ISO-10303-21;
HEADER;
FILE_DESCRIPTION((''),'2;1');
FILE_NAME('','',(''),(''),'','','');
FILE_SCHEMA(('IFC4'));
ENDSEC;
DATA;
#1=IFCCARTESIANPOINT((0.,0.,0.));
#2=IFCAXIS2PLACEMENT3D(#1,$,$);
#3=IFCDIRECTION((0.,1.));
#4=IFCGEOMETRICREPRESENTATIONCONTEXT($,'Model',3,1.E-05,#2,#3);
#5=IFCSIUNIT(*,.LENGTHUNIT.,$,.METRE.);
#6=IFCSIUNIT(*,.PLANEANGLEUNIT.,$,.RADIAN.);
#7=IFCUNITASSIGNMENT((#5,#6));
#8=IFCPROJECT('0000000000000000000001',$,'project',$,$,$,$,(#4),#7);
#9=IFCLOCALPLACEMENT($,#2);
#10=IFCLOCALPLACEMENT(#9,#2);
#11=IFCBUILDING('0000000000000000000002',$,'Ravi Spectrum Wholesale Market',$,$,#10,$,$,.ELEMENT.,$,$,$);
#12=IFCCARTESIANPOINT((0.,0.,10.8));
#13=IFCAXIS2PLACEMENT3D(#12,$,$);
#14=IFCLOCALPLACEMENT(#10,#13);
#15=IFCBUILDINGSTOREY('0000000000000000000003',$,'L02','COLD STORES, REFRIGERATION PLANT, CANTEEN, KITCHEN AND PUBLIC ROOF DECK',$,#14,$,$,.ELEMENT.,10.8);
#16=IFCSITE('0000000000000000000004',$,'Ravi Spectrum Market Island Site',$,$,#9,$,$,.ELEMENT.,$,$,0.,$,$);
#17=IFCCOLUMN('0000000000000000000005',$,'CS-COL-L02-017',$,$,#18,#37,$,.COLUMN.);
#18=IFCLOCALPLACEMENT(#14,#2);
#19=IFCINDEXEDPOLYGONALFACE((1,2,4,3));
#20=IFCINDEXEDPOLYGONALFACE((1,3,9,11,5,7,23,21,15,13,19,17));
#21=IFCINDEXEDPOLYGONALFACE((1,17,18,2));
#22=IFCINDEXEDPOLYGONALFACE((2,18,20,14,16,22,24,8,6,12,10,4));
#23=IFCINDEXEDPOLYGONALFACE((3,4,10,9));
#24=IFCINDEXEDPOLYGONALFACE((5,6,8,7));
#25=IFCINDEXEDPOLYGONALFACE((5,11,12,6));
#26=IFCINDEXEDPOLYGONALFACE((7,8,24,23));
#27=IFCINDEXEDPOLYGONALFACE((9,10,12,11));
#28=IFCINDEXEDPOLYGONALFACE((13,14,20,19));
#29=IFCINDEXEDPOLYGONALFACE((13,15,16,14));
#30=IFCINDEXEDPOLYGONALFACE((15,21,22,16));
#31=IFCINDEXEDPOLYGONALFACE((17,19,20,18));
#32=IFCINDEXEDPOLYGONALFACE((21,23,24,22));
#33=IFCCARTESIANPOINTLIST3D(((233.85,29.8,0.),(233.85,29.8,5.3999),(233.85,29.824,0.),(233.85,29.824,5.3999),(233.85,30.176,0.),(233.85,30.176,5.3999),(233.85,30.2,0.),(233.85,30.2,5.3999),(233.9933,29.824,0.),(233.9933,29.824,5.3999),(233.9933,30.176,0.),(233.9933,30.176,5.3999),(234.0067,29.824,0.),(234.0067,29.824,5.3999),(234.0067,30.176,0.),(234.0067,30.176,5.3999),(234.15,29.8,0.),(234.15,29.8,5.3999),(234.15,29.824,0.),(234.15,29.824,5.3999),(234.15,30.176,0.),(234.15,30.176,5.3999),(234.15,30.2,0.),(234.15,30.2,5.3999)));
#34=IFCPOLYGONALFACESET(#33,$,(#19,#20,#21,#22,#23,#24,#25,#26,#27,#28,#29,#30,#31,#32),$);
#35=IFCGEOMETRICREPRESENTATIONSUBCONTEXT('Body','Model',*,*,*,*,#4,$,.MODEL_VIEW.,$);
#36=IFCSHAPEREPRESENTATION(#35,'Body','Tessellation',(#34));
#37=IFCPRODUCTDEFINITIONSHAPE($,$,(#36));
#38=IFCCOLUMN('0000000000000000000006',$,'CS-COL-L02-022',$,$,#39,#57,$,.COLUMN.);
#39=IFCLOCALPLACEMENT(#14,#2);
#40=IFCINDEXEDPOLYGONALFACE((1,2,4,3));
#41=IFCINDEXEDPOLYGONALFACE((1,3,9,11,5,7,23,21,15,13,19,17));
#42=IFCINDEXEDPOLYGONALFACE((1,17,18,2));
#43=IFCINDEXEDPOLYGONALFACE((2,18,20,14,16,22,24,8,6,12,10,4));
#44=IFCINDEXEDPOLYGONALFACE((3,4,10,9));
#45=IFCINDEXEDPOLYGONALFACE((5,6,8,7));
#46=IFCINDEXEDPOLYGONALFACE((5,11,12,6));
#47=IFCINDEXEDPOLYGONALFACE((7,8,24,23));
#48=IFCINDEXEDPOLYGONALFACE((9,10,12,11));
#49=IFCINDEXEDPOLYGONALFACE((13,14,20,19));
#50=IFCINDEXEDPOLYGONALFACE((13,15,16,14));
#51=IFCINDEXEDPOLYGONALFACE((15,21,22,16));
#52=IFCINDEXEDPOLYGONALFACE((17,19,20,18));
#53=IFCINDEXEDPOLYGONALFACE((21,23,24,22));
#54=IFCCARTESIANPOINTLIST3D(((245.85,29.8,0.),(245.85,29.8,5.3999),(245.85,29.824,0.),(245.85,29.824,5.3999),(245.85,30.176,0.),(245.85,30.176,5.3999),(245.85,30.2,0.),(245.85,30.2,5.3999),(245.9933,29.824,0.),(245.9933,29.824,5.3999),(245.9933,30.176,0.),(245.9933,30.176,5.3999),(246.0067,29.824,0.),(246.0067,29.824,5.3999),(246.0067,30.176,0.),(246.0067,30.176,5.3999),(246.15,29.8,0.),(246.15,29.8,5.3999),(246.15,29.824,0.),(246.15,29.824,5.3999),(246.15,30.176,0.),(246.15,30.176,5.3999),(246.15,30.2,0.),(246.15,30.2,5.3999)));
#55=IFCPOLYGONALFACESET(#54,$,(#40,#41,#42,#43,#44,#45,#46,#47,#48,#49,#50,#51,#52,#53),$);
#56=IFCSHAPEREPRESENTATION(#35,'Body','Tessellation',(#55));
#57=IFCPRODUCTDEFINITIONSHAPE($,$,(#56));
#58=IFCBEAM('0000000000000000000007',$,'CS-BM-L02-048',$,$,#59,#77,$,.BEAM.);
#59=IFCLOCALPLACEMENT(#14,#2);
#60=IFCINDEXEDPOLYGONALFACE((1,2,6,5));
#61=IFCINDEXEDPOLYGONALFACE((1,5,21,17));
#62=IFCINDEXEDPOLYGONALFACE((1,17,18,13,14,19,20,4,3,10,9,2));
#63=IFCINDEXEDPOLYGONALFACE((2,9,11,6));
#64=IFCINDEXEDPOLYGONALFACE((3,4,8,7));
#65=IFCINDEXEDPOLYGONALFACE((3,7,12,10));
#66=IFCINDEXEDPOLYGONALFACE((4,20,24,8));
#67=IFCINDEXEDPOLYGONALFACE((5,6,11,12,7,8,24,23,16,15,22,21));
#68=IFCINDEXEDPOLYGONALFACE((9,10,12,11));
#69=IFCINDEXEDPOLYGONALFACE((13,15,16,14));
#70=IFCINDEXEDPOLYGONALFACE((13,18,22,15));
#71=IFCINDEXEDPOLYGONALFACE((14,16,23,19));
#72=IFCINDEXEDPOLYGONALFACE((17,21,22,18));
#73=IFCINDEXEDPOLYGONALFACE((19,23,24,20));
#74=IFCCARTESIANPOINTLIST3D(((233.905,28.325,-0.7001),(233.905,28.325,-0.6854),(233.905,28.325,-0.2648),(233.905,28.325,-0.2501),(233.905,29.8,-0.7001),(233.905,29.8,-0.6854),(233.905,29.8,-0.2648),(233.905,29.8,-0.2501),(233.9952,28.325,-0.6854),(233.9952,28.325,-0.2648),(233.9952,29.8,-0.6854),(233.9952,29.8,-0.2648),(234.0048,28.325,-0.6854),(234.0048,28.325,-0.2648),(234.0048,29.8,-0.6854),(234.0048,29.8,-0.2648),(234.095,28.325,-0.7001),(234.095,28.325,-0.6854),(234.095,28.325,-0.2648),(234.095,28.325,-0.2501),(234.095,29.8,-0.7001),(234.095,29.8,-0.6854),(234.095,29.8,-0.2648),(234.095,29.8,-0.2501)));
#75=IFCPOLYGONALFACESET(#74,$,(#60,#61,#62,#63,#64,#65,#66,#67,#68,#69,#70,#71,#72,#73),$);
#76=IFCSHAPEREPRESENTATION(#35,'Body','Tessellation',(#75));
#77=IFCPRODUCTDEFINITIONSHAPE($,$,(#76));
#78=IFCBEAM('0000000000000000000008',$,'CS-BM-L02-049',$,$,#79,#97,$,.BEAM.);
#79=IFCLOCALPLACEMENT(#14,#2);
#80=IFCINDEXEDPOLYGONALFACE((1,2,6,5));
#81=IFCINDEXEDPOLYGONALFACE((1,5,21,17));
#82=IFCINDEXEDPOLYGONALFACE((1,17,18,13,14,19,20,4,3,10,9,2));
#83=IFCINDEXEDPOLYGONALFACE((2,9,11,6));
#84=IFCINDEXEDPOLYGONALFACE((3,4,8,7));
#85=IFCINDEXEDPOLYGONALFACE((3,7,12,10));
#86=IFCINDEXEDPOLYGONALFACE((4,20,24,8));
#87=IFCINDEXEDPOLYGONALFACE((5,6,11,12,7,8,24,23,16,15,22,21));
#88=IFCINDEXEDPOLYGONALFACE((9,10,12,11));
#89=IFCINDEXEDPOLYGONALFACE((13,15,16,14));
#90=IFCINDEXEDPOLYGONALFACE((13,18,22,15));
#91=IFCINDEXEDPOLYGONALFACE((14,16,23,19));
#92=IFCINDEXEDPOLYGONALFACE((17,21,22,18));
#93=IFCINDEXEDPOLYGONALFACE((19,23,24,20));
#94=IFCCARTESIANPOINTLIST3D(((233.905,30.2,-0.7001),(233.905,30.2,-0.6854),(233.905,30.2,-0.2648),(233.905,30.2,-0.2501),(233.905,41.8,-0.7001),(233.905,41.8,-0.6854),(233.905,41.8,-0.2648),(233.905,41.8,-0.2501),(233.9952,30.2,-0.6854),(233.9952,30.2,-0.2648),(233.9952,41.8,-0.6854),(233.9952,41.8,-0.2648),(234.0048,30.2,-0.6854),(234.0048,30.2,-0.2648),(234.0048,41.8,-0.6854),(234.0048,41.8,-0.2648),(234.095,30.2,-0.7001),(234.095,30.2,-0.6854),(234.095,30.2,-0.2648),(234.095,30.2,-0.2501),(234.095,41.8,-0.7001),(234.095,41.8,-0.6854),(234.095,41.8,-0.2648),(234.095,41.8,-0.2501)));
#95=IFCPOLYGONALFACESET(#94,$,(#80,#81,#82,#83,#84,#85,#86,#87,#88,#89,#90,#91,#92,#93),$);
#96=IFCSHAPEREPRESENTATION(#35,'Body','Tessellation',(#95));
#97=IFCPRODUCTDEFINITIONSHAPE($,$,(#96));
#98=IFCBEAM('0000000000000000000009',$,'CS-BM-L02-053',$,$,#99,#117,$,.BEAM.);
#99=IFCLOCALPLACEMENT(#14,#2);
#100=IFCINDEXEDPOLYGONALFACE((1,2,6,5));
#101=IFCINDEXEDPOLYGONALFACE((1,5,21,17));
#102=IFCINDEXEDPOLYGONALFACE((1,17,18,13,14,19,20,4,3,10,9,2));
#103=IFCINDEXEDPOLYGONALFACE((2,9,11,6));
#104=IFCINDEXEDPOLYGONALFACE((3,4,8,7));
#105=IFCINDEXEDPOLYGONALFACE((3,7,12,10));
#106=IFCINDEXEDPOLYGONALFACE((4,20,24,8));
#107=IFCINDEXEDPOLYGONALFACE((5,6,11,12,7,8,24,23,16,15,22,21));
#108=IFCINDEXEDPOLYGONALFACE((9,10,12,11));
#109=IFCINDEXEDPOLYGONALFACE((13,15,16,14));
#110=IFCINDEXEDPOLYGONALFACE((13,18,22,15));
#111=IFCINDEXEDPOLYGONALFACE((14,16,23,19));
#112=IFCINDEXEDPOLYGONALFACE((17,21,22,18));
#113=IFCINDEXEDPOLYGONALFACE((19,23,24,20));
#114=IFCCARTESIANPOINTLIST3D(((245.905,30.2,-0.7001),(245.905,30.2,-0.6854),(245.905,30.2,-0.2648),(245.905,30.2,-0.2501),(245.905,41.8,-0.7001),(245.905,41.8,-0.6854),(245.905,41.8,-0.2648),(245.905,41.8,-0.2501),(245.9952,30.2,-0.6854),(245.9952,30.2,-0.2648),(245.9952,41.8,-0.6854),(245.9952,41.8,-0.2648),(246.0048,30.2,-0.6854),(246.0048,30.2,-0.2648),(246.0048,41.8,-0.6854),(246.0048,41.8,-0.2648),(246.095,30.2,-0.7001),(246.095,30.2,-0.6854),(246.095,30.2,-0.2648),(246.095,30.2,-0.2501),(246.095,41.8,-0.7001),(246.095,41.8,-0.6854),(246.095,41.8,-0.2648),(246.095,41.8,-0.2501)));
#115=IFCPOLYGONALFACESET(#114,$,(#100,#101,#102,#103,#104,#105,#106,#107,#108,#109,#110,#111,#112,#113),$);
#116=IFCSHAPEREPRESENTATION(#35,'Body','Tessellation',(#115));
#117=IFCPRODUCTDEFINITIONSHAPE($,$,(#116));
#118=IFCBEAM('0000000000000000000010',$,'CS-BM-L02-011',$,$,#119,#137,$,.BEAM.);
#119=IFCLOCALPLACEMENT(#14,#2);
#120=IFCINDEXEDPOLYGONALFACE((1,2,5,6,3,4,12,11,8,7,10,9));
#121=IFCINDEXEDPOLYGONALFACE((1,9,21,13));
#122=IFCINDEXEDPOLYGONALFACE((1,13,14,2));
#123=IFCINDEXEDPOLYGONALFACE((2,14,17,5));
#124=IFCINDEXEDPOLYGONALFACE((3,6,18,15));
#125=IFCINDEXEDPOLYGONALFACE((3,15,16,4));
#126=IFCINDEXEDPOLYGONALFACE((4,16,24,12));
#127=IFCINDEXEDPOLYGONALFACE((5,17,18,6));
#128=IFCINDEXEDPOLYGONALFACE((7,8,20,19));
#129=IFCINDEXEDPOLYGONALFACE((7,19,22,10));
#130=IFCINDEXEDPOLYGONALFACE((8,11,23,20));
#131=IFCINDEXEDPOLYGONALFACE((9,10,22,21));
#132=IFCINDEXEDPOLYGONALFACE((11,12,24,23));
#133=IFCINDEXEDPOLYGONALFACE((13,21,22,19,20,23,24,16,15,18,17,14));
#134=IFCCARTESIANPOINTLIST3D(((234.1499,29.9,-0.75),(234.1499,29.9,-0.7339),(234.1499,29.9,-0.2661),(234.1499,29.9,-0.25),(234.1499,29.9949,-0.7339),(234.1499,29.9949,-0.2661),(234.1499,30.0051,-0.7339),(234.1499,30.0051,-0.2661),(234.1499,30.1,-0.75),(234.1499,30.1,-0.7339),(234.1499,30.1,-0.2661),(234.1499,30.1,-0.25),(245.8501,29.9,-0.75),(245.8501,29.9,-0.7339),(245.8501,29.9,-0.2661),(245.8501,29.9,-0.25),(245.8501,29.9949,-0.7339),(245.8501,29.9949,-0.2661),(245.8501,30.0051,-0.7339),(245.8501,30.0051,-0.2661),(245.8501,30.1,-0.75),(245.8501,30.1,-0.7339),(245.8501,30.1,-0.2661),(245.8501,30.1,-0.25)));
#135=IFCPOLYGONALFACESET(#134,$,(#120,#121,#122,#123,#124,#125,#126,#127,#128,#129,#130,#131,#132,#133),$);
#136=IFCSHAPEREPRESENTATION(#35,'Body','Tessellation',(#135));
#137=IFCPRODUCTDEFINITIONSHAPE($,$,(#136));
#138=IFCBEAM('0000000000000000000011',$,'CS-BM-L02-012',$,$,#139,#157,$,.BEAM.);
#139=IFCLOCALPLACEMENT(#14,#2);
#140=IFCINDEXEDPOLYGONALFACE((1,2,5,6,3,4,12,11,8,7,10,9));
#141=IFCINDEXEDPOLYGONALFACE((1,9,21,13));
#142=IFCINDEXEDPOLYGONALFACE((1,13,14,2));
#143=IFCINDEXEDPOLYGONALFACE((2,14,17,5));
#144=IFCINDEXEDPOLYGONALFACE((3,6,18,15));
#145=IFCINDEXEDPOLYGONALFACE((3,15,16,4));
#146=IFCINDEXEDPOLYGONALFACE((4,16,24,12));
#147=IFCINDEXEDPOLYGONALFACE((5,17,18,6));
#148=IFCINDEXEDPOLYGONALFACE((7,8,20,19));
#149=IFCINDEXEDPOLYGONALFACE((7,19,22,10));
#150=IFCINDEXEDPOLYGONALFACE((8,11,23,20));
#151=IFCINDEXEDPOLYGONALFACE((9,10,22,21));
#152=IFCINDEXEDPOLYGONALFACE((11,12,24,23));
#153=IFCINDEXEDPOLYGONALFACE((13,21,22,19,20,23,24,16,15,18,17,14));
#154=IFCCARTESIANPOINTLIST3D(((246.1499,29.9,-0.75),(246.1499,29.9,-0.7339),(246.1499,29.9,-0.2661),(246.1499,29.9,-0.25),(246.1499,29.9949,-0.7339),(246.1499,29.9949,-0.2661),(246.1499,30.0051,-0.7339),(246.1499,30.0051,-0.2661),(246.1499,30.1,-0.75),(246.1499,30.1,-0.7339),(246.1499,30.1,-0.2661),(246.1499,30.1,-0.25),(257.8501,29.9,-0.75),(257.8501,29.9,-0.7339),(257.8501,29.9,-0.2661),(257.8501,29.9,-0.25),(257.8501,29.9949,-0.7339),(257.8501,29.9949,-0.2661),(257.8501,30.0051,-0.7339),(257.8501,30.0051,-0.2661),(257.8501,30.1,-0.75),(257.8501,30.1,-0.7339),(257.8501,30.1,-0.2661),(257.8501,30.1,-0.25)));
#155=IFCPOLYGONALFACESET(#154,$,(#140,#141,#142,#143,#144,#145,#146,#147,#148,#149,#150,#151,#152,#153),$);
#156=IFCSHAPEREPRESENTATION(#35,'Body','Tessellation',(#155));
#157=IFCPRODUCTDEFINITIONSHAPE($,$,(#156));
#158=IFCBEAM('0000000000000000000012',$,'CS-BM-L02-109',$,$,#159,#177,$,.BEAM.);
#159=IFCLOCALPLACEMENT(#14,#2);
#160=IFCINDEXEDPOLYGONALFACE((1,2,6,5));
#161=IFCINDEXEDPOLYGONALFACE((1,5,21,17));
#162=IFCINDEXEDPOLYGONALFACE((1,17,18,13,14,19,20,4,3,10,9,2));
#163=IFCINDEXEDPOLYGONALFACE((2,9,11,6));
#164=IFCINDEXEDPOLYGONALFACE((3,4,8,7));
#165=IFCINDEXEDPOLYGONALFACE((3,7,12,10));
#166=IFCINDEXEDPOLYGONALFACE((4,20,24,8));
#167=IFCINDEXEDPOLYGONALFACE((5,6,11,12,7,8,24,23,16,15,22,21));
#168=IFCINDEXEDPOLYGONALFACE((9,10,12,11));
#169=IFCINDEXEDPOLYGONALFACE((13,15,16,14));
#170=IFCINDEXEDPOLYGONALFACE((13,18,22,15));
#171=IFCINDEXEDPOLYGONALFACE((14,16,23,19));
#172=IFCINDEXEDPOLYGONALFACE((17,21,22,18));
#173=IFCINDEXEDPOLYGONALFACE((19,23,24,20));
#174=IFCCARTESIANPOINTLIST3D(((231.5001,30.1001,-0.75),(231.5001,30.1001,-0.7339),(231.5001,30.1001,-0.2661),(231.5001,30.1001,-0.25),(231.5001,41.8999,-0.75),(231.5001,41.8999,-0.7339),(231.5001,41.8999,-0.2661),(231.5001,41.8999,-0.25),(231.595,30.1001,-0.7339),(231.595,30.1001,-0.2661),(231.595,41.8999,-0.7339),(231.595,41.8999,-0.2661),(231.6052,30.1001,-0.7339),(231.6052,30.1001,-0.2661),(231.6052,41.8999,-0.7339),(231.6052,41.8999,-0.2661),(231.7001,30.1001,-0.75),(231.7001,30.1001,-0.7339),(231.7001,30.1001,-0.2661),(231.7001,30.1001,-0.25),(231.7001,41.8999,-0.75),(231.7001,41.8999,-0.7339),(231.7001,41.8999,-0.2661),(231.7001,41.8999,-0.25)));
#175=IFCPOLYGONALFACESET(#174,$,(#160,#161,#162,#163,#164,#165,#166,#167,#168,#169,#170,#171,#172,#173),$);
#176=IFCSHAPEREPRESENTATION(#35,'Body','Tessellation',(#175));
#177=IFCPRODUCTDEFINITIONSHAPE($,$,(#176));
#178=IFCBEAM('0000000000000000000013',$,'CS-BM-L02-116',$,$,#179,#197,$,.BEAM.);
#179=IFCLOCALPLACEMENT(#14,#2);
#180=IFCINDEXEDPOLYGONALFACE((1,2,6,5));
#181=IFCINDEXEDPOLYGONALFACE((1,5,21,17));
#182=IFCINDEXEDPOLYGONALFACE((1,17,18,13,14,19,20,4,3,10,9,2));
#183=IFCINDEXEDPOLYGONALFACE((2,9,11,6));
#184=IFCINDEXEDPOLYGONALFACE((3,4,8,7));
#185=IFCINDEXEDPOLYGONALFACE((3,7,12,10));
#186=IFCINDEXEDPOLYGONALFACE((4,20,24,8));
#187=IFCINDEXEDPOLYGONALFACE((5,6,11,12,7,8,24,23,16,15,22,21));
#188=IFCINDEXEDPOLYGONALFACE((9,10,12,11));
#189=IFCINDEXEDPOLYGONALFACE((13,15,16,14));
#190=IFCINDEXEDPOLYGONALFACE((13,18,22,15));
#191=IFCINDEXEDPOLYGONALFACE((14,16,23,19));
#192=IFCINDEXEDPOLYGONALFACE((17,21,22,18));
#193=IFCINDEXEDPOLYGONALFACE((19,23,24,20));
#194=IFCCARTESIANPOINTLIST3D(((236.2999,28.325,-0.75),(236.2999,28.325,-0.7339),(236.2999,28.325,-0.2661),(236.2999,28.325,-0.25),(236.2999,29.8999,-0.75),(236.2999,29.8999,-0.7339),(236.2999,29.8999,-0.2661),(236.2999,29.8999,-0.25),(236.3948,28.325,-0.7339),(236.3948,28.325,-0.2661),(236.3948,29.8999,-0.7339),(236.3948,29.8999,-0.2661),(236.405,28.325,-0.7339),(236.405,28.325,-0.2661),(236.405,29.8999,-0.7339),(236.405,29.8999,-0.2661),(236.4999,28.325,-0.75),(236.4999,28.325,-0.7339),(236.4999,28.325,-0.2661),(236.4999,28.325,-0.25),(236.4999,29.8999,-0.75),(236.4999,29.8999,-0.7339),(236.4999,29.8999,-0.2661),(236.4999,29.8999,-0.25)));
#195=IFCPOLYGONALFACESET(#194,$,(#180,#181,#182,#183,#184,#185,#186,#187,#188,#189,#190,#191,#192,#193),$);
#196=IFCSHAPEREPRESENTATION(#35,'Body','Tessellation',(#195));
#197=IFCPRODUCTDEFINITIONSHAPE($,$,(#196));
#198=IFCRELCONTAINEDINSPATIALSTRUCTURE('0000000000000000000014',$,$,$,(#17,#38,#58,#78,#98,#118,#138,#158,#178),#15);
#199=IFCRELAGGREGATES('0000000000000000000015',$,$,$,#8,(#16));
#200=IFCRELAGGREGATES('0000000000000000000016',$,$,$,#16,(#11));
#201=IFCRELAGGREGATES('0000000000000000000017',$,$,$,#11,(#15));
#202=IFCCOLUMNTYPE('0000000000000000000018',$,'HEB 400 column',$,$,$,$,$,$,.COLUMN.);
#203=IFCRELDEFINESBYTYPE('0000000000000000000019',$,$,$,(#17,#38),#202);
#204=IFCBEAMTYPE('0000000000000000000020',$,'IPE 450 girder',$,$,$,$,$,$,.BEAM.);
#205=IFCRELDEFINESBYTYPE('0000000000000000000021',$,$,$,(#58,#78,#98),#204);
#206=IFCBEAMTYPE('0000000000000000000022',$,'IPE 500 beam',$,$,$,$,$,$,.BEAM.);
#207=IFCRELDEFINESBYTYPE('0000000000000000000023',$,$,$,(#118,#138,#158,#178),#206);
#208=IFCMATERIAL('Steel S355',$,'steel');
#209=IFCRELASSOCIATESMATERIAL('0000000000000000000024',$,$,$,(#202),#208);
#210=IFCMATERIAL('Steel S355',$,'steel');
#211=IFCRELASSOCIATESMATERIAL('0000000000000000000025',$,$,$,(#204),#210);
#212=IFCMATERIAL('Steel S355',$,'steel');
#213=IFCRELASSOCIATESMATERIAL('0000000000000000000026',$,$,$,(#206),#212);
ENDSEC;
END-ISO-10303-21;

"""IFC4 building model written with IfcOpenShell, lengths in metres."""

from ifc_helpers import new_model, si_unit, direction, frame, origin, origin_2d, place, context, subcontext, project, spatial, i_section, extrude, material, material_profile, profile_set, type_object, element, save


model = new_model("IFC4")

# Units and contexts
model_context = context("Model", 3, precision=1e-05, world=origin(), true_north=direction((0.0, 1.0)))
body_context = subcontext(model_context, "Body", "Model", "MODEL_VIEW")
ifc_project = project(units=[si_unit("LENGTHUNIT", "METRE"), si_unit("PLANEANGLEUNIT", "RADIAN")], contexts=[model_context])

# Site, building, storey
site_placement = place(None, origin())
site = spatial("IfcSite", under=ifc_project, at=site_placement, Name="Ravi Spectrum Market Island Site", CompositionType="ELEMENT", RefElevation=0.0)
building_placement = place(site_placement, origin())
building = spatial("IfcBuilding", under=site, at=building_placement, Name="Ravi Spectrum Wholesale Market", CompositionType="ELEMENT")
storey_placement = place(building_placement, frame((0.0, 0.0, 10.8)))
storey = spatial("IfcBuildingStorey", under=building, at=storey_placement, Name="L02", Description="COLD STORES, REFRIGERATION PLANT, CANTEEN, KITCHEN AND PUBLIC ROOF DECK", CompositionType="ELEMENT", Elevation=10.8)

# Columns
ifc_material_1 = material(Name="Steel S355", Category="steel")
ifc_material_profile_1 = material_profile(ifc_material_1, i_section(OverallWidth=0.3, OverallDepth=0.3999, WebThickness=0.0134, FlangeThickness=0.0239, at=origin_2d()))
ifc_profile_set_1 = profile_set([ifc_material_profile_1], Name="Steel S355")
column_type = type_object("IfcColumnType", Name="HEB 400 column", PredefinedType="COLUMN", material=ifc_profile_set_1)
for number, where, z_axis, x_axis, name in (
    (1, (234.0, 30.0, 0.0), (0.0, 0.0, 1.0), (1.0, 0.0, 0.0), "CS-COL-L02-017"),
    (2, (246.0, 30.0, 0.0), (0.0, 0.0, 1.0), (1.0, 0.0, 0.0), "CS-COL-L02-022"),
):
    element("IfcColumn", number, at=place(storey_placement, frame(where, z_axis=z_axis, x_axis=x_axis)), inside=storey, type_object=column_type, Name=name, PredefinedType="COLUMN", context=body_context, shape_type="SweptSolid", body=[
        extrude(i_section(OverallWidth=0.3, OverallDepth=0.3999, WebThickness=0.0134, FlangeThickness=0.0239, at=origin_2d()), origin(), (0.0, 0.0, 1.0), 5.3999),
    ])

# Beams
ifc_material_2 = material(Name="Steel S355", Category="steel")
ifc_material_profile_2 = material_profile(ifc_material_2, i_section(OverallWidth=0.1899, OverallDepth=0.45, WebThickness=0.0095, FlangeThickness=0.0146, at=origin_2d()))
ifc_profile_set_2 = profile_set([ifc_material_profile_2], Name="Steel S355")
beam_type_1 = type_object("IfcBeamType", Name="IPE 450 girder", PredefinedType="BEAM", material=ifc_profile_set_2)
beam_1_placement = place(storey_placement, frame((234.0, 28.325, -0.4751), z_axis=(0.0, 1.0, 0.0), x_axis=(-1.0, 0.0, 0.0)))
element("IfcBeam", 3, at=beam_1_placement, inside=storey, type_object=beam_type_1, Name="CS-BM-L02-048", PredefinedType="BEAM", context=body_context, shape_type="SweptSolid", body=[
    extrude(i_section(OverallWidth=0.1899, OverallDepth=0.45, WebThickness=0.0095, FlangeThickness=0.0146, at=origin_2d()), origin(), (0.0, 0.0, 1.0), 1.4751),
])
for number, where, z_axis, x_axis, name in (
    (4, (234.0, 30.2, -0.4751), (0.0, 1.0, 0.0), (-1.0, 0.0, 0.0), "CS-BM-L02-049"),
    (5, (246.0, 30.2, -0.4751), (0.0, 1.0, 0.0), (-1.0, 0.0, 0.0), "CS-BM-L02-053"),
):
    element("IfcBeam", number, at=place(storey_placement, frame(where, z_axis=z_axis, x_axis=x_axis)), inside=storey, type_object=beam_type_1, Name=name, PredefinedType="BEAM", context=body_context, shape_type="SweptSolid", body=[
        extrude(i_section(OverallWidth=0.1899, OverallDepth=0.45, WebThickness=0.0095, FlangeThickness=0.0146, at=origin_2d()), origin(), (0.0, 0.0, 1.0), 11.6001),
    ])
ifc_material_3 = material(Name="Steel S355", Category="steel")
ifc_material_profile_3 = material_profile(ifc_material_3, i_section(OverallWidth=0.2, OverallDepth=0.5, WebThickness=0.0103, FlangeThickness=0.0161, at=origin_2d()))
ifc_profile_set_3 = profile_set([ifc_material_profile_3], Name="Steel S355")
beam_type_2 = type_object("IfcBeamType", Name="IPE 500 beam", PredefinedType="BEAM", material=ifc_profile_set_3)
for number, where, z_axis, x_axis, name in (
    (6, (234.1499, 30.0, -0.5), (1.0, 0.0, 0.0), (0.0, 1.0, 0.0), "CS-BM-L02-011"),
    (7, (246.1499, 30.0, -0.5), (1.0, 0.0, 0.0), (0.0, 1.0, 0.0), "CS-BM-L02-012"),
):
    element("IfcBeam", number, at=place(storey_placement, frame(where, z_axis=z_axis, x_axis=x_axis)), inside=storey, type_object=beam_type_2, Name=name, PredefinedType="BEAM", context=body_context, shape_type="SweptSolid", body=[
        extrude(i_section(OverallWidth=0.2, OverallDepth=0.5, WebThickness=0.0103, FlangeThickness=0.0161, at=origin_2d()), origin(), (0.0, 0.0, 1.0), 11.7002),
    ])
beam_2_placement = place(storey_placement, frame((231.6001, 30.1001, -0.5), z_axis=(0.0, 1.0, 0.0), x_axis=(-1.0, 0.0, 0.0)))
element("IfcBeam", 8, at=beam_2_placement, inside=storey, type_object=beam_type_2, Name="CS-BM-L02-109", PredefinedType="BEAM", context=body_context, shape_type="SweptSolid", body=[
    extrude(i_section(OverallWidth=0.2, OverallDepth=0.5, WebThickness=0.0103, FlangeThickness=0.0161, at=origin_2d()), origin(), (0.0, 0.0, 1.0), 11.7998),
])
for number, where, z_axis, x_axis, name in (
    (9, (236.3999, 28.325, -0.5), (0.0, 1.0, 0.0), (-1.0, 0.0, 0.0), "CS-BM-L02-116"),
):
    element("IfcBeam", number, at=place(storey_placement, frame(where, z_axis=z_axis, x_axis=x_axis)), inside=storey, type_object=beam_type_2, Name=name, PredefinedType="BEAM", context=body_context, shape_type="SweptSolid", body=[
        extrude(i_section(OverallWidth=0.2, OverallDepth=0.5, WebThickness=0.0103, FlangeThickness=0.0161, at=origin_2d()), origin(), (0.0, 0.0, 1.0), 1.575),
    ])

save(model, "model.ifc")
